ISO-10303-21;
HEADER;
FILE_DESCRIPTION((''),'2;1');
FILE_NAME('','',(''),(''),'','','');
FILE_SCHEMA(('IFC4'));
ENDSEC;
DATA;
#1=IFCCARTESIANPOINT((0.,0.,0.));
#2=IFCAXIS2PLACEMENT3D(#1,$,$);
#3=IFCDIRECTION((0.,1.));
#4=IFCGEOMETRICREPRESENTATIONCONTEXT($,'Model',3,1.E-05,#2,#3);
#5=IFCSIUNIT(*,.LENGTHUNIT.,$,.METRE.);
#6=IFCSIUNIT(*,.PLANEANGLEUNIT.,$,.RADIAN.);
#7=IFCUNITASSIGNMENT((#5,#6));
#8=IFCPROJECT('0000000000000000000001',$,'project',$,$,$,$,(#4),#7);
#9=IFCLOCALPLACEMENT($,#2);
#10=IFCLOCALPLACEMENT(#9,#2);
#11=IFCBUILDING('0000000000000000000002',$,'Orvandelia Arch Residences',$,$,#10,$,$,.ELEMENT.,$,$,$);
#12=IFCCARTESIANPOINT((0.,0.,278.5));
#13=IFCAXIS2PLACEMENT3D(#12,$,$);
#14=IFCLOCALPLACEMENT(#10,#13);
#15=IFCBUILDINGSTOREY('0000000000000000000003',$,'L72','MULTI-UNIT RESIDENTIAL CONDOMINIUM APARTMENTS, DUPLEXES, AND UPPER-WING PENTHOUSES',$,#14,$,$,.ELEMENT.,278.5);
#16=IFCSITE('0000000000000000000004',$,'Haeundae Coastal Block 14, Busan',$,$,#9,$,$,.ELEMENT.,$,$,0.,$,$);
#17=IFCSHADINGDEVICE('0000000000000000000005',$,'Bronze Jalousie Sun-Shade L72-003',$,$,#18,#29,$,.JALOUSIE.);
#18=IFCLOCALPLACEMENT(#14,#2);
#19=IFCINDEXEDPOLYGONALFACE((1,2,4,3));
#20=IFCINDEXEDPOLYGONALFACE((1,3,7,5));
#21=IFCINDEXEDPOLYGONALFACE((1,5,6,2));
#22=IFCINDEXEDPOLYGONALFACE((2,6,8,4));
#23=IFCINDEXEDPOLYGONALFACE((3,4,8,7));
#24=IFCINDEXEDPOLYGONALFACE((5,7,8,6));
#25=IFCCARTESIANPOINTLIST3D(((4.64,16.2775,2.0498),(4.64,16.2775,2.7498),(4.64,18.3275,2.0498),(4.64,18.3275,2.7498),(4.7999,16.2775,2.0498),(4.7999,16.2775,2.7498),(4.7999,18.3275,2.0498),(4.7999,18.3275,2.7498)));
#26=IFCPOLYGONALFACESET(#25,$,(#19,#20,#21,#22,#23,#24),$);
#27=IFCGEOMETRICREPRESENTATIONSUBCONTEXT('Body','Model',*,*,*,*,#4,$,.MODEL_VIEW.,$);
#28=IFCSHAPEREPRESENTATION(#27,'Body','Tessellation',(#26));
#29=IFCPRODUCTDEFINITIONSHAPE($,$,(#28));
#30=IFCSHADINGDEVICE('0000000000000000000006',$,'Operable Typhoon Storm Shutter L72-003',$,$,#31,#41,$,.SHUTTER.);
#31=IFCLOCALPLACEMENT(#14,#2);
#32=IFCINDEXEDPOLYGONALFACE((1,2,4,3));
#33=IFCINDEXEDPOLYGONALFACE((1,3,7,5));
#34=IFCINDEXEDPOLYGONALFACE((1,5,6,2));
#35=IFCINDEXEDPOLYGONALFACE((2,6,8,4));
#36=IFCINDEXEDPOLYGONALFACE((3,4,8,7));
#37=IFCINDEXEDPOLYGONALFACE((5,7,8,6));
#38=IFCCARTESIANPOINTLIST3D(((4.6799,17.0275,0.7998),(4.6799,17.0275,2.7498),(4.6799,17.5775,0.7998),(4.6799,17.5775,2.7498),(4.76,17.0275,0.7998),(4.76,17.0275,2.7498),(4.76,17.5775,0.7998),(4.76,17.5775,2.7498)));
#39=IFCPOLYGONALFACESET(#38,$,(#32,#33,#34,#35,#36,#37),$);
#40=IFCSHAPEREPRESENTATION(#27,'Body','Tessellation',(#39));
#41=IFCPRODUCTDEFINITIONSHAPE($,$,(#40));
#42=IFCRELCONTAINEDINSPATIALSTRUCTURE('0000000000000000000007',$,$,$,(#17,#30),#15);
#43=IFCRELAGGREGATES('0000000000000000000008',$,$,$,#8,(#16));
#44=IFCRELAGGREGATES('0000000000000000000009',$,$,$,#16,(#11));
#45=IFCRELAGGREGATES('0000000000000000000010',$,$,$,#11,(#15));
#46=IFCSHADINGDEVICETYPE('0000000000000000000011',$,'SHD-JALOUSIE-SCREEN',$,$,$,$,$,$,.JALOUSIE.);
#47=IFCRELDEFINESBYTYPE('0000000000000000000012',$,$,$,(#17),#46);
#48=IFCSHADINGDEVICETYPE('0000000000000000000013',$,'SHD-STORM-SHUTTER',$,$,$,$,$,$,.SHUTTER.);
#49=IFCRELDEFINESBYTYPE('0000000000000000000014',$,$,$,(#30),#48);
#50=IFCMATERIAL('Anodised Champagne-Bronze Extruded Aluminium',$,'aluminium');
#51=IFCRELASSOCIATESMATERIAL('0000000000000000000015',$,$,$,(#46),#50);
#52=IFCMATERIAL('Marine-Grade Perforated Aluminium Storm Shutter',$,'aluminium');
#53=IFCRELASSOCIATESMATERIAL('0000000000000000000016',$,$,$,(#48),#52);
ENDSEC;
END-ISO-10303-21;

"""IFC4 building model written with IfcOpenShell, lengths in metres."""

from ifc_helpers import new_model, si_unit, direction, frame, origin, origin_2d, place, context, subcontext, project, spatial, rectangle, extrude, material, type_object, element, save


model = new_model("IFC4")

# Units and contexts
model_context = context("Model", 3, precision=1e-05, world=origin(), true_north=direction((0.0, 1.0)))
body_context = subcontext(model_context, "Body", "Model", "MODEL_VIEW")
ifc_project = project(units=[si_unit("LENGTHUNIT", "METRE"), si_unit("PLANEANGLEUNIT", "RADIAN")], contexts=[model_context])

# Site, building, storey
site_placement = place(None, origin())
site = spatial("IfcSite", under=ifc_project, at=site_placement, Name="Haeundae Coastal Block 14, Busan", CompositionType="ELEMENT", RefElevation=0.0)
building_placement = place(site_placement, origin())
building = spatial("IfcBuilding", under=site, at=building_placement, Name="Orvandelia Arch Residences", CompositionType="ELEMENT")
storey_placement = place(building_placement, frame((0.0, 0.0, 278.5)))
storey = spatial("IfcBuildingStorey", under=building, at=storey_placement, Name="L72", Description="MULTI-UNIT RESIDENTIAL CONDOMINIUM APARTMENTS, DUPLEXES, AND UPPER-WING PENTHOUSES", CompositionType="ELEMENT", Elevation=278.5)

# Shading devices
ifc_material_1 = material(Name="Anodised Champagne-Bronze Extruded Aluminium", Category="aluminium")
shading_device_type_1 = type_object("IfcShadingDeviceType", Name="SHD-JALOUSIE-SCREEN", PredefinedType="JALOUSIE", material=ifc_material_1)
shading_device_1_placement = place(storey_placement, frame((4.72, 17.3025, 2.0498), z_axis=(0.0, 0.0, 1.0), x_axis=(0.0, 1.0, 0.0)))
element("IfcShadingDevice", 1, at=shading_device_1_placement, inside=storey, type_object=shading_device_type_1, Name="Bronze Jalousie Sun-Shade L72-003", PredefinedType="JALOUSIE", context=body_context, shape_type="SweptSolid", body=[
    extrude(rectangle(XDim=2.05, YDim=0.1599, at=origin_2d()), origin(), (0.0, 0.0, 1.0), 0.7),
])
ifc_material_2 = material(Name="Marine-Grade Perforated Aluminium Storm Shutter", Category="aluminium")
shading_device_type_2 = type_object("IfcShadingDeviceType", Name="SHD-STORM-SHUTTER", PredefinedType="SHUTTER", material=ifc_material_2)
shading_device_2_placement = place(storey_placement, frame((4.72, 17.3025, 0.7998), z_axis=(0.0, 0.0, 1.0), x_axis=(0.0, 1.0, 0.0)))
element("IfcShadingDevice", 2, at=shading_device_2_placement, inside=storey, type_object=shading_device_type_2, Name="Operable Typhoon Storm Shutter L72-003", PredefinedType="SHUTTER", context=body_context, shape_type="SweptSolid", body=[
    extrude(rectangle(XDim=0.55, YDim=0.0801, at=origin_2d()), origin(), (0.0, 0.0, 1.0), 1.95),
])

save(model, "model.ifc")
